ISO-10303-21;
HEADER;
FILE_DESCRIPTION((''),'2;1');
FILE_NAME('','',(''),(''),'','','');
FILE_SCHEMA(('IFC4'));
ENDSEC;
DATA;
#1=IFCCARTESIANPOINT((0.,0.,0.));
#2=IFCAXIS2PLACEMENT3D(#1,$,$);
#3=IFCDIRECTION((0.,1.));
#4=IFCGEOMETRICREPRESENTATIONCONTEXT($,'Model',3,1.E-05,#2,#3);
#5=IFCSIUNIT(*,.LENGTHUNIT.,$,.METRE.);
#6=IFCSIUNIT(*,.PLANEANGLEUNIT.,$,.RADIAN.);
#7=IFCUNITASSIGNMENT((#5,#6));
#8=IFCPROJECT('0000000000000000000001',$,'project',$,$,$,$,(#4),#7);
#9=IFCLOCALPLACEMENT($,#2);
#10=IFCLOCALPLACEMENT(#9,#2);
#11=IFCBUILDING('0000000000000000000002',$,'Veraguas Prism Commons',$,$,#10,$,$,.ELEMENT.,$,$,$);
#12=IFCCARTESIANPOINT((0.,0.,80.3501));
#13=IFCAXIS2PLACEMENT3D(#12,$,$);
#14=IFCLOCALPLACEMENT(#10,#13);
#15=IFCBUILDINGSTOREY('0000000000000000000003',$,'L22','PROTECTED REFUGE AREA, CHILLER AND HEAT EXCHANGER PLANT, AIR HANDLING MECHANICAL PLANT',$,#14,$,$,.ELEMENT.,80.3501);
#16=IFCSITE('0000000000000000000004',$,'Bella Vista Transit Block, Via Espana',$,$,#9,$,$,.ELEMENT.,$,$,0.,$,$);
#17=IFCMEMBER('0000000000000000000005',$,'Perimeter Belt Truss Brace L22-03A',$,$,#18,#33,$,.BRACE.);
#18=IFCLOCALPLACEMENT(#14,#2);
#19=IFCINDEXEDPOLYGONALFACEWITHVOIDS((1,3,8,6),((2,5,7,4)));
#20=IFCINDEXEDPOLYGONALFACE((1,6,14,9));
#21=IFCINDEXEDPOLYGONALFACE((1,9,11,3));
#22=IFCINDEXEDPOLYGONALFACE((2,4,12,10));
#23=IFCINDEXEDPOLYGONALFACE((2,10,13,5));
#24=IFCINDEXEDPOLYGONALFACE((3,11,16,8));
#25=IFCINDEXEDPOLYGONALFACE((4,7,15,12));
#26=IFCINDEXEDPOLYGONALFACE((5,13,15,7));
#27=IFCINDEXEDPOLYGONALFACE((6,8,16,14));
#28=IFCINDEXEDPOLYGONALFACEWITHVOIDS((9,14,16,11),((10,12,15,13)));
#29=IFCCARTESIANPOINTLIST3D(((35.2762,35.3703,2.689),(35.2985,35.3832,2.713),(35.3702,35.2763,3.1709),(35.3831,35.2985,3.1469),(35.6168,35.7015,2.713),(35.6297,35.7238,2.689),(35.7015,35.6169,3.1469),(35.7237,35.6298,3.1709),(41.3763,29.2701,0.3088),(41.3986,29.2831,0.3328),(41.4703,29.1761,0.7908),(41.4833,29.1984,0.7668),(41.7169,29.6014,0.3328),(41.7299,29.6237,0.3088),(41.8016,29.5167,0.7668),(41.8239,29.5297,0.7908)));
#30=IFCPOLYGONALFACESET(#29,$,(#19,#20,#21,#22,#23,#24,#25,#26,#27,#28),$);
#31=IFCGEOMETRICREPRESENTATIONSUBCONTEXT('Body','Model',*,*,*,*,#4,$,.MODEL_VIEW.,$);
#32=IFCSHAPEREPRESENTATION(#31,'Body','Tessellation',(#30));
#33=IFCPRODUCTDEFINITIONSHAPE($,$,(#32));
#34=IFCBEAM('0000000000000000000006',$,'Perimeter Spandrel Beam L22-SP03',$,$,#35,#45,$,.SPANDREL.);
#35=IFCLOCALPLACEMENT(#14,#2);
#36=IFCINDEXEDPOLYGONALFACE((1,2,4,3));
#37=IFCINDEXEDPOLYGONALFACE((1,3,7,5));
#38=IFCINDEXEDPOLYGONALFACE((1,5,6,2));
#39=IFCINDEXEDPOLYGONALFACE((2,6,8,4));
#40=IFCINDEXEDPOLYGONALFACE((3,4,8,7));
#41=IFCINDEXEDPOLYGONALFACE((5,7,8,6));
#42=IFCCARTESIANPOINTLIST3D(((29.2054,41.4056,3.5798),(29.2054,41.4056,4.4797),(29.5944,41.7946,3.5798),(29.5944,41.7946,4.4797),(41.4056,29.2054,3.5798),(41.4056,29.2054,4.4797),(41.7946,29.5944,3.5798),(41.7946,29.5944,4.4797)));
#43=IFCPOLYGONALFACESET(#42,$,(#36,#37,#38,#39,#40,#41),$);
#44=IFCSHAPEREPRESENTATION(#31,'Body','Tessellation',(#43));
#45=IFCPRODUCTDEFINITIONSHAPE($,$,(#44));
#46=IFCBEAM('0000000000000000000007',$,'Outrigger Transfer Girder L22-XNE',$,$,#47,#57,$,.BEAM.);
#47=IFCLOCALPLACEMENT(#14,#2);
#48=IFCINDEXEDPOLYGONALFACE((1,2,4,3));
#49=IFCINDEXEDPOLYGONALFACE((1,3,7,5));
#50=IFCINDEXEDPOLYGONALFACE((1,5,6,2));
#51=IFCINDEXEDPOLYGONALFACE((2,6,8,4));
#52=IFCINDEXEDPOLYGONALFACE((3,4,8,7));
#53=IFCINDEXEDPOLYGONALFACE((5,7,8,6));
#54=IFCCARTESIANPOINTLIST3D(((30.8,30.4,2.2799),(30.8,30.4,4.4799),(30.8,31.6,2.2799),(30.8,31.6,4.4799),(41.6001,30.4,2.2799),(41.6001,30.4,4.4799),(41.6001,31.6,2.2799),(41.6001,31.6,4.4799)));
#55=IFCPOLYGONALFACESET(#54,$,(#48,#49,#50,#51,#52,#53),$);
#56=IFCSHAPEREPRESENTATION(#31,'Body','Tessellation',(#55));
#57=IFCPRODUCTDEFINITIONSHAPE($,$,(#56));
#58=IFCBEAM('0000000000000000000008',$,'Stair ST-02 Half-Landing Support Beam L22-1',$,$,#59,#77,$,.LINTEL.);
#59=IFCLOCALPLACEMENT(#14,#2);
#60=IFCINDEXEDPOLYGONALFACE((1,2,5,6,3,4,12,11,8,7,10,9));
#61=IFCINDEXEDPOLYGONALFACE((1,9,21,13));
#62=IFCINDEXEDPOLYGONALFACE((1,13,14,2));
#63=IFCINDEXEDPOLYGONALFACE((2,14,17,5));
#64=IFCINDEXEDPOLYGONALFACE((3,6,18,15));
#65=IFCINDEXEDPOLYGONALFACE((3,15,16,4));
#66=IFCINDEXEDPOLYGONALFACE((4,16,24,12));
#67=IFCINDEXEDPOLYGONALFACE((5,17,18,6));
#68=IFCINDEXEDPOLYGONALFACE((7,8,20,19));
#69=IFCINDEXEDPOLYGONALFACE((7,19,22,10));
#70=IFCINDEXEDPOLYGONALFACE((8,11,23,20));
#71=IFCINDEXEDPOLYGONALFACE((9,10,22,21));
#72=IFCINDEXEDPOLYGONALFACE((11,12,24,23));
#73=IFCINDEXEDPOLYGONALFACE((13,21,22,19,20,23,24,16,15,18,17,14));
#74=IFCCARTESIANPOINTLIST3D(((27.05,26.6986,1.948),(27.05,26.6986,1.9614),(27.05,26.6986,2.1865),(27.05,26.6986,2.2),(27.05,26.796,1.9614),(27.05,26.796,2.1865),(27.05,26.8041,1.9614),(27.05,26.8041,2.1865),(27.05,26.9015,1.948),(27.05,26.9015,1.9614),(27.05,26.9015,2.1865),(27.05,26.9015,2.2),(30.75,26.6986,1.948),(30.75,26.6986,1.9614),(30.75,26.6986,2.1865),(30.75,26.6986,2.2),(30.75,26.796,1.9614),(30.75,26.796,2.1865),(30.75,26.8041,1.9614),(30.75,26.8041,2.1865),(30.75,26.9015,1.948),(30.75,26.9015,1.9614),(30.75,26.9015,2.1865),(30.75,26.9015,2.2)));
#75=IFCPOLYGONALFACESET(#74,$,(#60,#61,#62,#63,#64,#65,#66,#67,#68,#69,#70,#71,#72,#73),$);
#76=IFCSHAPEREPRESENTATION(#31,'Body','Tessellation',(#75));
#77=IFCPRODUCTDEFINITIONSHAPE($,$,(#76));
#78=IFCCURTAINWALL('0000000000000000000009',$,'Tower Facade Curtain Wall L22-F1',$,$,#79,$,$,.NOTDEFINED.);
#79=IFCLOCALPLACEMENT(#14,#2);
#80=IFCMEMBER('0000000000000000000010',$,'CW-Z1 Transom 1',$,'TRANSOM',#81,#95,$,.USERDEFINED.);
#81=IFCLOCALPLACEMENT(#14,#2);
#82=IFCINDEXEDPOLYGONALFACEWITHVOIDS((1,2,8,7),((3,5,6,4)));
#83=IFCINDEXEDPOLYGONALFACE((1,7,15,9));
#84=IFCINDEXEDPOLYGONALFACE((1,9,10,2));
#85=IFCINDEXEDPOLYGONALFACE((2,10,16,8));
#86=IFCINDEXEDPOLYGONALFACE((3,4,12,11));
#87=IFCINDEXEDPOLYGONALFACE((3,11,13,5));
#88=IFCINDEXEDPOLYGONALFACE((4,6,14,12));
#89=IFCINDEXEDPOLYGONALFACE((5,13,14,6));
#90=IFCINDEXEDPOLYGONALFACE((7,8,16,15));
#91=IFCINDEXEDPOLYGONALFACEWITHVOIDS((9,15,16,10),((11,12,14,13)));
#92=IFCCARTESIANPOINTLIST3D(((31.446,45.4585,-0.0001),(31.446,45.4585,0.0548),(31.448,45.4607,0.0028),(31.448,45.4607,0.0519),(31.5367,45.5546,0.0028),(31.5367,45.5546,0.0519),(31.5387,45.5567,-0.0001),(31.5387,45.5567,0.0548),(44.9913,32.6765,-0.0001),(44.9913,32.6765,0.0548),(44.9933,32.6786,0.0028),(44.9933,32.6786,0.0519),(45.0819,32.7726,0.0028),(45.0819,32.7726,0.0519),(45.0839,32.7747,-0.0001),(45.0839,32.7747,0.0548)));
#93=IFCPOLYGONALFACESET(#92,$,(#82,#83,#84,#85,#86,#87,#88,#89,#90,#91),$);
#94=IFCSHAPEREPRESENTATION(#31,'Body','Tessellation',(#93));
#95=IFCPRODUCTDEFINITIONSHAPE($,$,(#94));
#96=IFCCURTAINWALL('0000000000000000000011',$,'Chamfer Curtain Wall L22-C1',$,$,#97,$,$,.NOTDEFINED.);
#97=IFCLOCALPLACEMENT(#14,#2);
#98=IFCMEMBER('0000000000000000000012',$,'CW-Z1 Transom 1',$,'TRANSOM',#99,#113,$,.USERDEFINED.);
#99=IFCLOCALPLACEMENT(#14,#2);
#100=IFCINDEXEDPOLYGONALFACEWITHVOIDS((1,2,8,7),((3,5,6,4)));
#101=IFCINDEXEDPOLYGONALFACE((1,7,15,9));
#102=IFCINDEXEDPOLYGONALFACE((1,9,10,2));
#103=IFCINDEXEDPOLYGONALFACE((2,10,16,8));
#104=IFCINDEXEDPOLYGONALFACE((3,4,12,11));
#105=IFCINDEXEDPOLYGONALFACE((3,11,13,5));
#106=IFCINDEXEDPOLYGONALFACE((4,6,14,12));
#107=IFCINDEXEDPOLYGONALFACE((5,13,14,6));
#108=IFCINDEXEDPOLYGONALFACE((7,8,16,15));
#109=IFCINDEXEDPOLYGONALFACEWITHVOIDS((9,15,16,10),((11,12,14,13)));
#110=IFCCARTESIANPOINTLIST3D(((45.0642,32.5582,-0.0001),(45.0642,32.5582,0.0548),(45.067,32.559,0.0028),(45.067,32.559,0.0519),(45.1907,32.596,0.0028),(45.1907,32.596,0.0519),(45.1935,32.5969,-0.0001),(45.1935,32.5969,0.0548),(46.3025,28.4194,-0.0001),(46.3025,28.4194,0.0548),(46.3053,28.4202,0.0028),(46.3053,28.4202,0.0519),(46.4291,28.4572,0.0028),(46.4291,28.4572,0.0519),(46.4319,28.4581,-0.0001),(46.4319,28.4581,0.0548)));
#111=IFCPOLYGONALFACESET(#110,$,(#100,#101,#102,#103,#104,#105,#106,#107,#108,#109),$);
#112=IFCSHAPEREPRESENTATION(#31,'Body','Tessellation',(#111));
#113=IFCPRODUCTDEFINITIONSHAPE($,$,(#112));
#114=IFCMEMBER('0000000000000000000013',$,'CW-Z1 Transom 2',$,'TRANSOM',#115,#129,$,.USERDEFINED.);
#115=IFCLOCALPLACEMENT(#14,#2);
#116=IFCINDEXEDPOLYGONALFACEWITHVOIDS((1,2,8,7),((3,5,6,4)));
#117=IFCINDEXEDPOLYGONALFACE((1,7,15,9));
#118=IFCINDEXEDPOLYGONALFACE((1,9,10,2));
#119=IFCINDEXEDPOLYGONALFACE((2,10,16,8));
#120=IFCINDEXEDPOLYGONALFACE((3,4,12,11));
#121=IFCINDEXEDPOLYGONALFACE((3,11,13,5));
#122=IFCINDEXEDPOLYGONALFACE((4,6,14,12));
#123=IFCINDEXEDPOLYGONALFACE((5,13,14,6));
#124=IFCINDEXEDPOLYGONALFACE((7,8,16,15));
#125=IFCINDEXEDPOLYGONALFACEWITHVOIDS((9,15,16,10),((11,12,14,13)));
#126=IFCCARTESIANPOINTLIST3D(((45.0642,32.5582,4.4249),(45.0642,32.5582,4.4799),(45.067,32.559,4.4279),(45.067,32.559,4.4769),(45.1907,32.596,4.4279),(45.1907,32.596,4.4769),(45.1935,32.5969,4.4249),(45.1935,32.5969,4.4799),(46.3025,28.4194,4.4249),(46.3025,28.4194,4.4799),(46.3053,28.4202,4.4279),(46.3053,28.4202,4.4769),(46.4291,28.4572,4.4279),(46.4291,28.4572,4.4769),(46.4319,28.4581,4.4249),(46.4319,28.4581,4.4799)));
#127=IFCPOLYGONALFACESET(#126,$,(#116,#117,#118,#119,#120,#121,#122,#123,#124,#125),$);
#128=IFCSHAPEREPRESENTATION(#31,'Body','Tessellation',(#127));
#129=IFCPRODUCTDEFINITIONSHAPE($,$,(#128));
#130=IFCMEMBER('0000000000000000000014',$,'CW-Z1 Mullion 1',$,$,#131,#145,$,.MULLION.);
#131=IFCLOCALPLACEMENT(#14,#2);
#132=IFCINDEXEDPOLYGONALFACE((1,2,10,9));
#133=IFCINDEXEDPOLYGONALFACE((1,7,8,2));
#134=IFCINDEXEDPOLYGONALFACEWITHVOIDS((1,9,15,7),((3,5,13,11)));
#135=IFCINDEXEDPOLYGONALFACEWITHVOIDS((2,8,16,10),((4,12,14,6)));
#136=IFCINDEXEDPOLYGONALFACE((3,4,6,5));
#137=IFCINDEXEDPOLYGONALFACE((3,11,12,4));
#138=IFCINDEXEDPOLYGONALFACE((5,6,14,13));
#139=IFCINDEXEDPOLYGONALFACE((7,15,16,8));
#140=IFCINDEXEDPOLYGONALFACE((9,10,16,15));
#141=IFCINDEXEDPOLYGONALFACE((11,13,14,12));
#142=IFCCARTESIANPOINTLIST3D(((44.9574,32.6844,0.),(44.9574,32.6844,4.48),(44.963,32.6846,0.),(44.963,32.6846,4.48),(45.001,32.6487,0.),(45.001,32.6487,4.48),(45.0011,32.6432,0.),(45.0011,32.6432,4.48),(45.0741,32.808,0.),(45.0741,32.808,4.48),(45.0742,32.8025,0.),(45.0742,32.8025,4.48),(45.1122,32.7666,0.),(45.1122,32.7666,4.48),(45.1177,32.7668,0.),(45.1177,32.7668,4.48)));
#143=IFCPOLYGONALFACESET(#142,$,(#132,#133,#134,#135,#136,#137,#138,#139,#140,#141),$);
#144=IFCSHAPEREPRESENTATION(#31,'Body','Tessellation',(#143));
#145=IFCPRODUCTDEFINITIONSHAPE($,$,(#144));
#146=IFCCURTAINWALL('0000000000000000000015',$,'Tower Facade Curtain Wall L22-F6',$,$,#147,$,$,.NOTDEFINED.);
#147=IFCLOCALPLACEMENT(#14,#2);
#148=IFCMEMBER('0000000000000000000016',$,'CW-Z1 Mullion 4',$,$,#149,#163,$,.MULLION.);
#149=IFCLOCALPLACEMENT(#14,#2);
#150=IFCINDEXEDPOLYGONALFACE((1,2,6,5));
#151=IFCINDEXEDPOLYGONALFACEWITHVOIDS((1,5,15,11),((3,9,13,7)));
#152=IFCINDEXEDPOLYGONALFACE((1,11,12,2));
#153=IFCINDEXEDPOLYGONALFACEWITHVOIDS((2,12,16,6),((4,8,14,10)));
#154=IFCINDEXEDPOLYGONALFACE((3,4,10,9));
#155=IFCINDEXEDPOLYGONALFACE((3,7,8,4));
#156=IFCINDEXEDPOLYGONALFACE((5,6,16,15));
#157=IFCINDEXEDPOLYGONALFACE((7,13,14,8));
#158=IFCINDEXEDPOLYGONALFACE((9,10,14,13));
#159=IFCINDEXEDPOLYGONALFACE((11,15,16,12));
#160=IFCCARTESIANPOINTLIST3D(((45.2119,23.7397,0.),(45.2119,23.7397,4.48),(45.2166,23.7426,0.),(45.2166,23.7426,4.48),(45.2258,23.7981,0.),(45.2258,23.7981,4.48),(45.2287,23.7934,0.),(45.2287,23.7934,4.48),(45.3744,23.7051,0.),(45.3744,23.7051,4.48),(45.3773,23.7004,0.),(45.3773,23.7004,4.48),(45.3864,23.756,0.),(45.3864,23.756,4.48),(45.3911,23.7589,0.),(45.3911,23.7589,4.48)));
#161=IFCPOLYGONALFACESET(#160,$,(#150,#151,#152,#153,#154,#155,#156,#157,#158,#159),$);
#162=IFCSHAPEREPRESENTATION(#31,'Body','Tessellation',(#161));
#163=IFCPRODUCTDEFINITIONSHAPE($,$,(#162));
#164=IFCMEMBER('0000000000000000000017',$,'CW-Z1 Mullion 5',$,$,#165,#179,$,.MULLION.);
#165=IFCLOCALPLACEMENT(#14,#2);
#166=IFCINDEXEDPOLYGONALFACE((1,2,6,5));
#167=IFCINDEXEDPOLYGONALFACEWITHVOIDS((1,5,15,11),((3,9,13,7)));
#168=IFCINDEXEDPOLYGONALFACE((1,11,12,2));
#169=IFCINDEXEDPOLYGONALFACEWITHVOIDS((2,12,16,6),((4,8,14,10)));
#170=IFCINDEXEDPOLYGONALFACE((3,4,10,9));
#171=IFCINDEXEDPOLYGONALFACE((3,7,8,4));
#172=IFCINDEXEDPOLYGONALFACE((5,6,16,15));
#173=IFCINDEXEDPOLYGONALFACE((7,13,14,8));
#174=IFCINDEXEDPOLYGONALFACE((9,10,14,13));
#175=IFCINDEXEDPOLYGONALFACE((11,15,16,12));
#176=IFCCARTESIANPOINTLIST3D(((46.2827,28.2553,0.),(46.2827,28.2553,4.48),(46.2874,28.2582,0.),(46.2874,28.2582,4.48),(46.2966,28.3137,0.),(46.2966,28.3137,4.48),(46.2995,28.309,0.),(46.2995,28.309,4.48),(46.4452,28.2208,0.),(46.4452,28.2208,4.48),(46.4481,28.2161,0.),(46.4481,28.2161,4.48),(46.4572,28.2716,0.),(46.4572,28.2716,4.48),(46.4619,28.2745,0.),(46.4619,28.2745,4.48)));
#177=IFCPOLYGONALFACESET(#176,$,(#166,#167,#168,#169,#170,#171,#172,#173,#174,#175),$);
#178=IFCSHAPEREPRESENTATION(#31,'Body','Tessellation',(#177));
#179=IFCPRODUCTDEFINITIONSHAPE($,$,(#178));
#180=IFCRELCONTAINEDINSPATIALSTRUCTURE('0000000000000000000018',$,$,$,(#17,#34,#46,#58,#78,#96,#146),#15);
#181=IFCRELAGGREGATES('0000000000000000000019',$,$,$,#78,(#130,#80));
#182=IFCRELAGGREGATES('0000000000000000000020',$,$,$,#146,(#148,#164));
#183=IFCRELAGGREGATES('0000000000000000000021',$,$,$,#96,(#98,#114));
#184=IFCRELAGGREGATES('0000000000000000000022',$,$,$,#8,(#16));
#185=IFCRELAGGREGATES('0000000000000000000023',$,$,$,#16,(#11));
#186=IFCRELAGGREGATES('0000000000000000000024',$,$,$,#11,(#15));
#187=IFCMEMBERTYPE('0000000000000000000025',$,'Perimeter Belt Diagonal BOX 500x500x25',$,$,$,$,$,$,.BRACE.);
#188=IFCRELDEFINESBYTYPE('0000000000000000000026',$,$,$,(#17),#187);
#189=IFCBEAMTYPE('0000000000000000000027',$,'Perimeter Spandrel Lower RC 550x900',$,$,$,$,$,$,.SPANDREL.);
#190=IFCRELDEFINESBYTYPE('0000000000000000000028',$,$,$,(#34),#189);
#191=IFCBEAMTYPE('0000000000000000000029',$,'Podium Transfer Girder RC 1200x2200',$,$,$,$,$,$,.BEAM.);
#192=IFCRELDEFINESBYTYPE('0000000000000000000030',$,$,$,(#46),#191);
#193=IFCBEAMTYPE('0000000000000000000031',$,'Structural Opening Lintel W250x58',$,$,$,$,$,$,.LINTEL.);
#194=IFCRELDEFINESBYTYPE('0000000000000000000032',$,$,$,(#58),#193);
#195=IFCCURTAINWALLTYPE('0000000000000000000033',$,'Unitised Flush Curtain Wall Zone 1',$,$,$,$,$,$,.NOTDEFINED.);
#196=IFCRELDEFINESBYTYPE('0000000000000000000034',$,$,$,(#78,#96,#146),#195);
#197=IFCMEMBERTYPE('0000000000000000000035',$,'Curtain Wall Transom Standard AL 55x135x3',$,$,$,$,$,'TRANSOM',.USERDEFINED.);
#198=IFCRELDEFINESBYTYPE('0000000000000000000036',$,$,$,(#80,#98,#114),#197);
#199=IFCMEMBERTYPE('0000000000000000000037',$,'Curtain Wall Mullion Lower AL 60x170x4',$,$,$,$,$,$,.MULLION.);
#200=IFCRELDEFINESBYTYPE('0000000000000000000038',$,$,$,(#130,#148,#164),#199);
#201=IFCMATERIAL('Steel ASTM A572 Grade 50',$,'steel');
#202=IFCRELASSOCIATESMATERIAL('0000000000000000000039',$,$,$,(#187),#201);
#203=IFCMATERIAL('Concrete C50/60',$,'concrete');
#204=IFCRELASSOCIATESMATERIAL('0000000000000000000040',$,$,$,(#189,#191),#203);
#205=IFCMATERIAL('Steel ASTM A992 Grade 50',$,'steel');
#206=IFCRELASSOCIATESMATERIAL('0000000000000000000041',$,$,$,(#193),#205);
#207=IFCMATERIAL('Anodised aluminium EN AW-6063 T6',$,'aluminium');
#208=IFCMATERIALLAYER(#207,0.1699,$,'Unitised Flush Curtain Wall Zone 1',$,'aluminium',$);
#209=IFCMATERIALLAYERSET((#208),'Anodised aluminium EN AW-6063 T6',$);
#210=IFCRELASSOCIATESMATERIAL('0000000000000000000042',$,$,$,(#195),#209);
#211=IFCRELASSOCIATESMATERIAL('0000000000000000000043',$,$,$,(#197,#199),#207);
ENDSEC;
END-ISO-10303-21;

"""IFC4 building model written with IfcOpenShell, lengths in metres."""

from ifc_helpers import new_model, si_unit, direction, frame, origin, origin_2d, place, context, subcontext, project, spatial, rectangle, hollow_rectangle, i_section, extrude, source, transform, mapped, material, layer, layer_set, material_profile, profile_set, type_object, element, aggregate, save


model = new_model("IFC4")

# Units and contexts
model_context = context("Model", 3, precision=1e-05, world=origin(), true_north=direction((0.0, 1.0)))
body_context = subcontext(model_context, "Body", "Model", "MODEL_VIEW")
ifc_project = project(units=[si_unit("LENGTHUNIT", "METRE"), si_unit("PLANEANGLEUNIT", "RADIAN")], contexts=[model_context])

# Site, building, storey
site_placement = place(None, origin())
site = spatial("IfcSite", under=ifc_project, at=site_placement, Name="Bella Vista Transit Block, Via Espana", CompositionType="ELEMENT", RefElevation=0.0)
building_placement = place(site_placement, origin())
building = spatial("IfcBuilding", under=site, at=building_placement, Name="Veraguas Prism Commons", CompositionType="ELEMENT")
storey_placement = place(building_placement, frame((0.0, 0.0, 80.3501)))
storey = spatial("IfcBuildingStorey", under=building, at=storey_placement, Name="L22", Description="PROTECTED REFUGE AREA, CHILLER AND HEAT EXCHANGER PLANT, AIR HANDLING MECHANICAL PLANT", CompositionType="ELEMENT", Elevation=80.3501)

# Member
ifc_material_1 = material(Name="Steel ASTM A992 Grade 50", Category="steel")
ifc_material_2 = material(Name="Steel ASTM A572 Grade 50", Category="steel")
ifc_material_profile_1 = material_profile(ifc_material_2, hollow_rectangle(XDim=0.5, YDim=0.5, WallThickness=0.0249, at=origin_2d()), Name="BOX500X500X25")
ifc_profile_set_1 = profile_set([ifc_material_profile_1], Name="Steel ASTM A572 Grade 50")
member_type_1 = type_object("IfcMemberType", Name="Perimeter Belt Diagonal BOX 500x500x25", PredefinedType="BRACE", material=ifc_profile_set_1)
member_1_placement = place(storey_placement, frame((41.6001, 29.3999, 0.5498), z_axis=(-0.681639, 0.681639, 0.265961), x_axis=(-0.707107, -0.707107, 0.0)))
element("IfcMember", 1, at=member_1_placement, inside=storey, type_object=member_type_1, Name="Perimeter Belt Truss Brace L22-03A", PredefinedType="BRACE", context=body_context, shape_type="SweptSolid", body=[
    extrude(hollow_rectangle(XDim=0.5, YDim=0.5, WallThickness=0.0249, at=origin_2d()), origin(), (0.0, 0.0, 1.0), 8.9492),
])

# Beams
ifc_material_3 = material(Name="Concrete C50/60", Category="concrete")
ifc_material_profile_2 = material_profile(ifc_material_3, rectangle(XDim=0.55, YDim=0.8999, at=origin_2d()), Name="RC550X900")
ifc_profile_set_2 = profile_set([ifc_material_profile_2], Name="Concrete C50/60")
beam_type_1 = type_object("IfcBeamType", Name="Perimeter Spandrel Lower RC 550x900", PredefinedType="SPANDREL", material=ifc_profile_set_2)
beam_1_placement = place(storey_placement, frame((41.6001, 29.3999, 4.0298), z_axis=(-0.707107, 0.707107, 0.0), x_axis=(-0.707107, -0.707107, 0.0)))
element("IfcBeam", 2, at=beam_1_placement, inside=storey, type_object=beam_type_1, Name="Perimeter Spandrel Beam L22-SP03", PredefinedType="SPANDREL", context=body_context, shape_type="SweptSolid", body=[
    extrude(rectangle(XDim=0.55, YDim=0.8999, at=origin_2d()), origin(), (0.0, 0.0, 1.0), 17.2537),
])
ifc_material_profile_3 = material_profile(ifc_material_3, rectangle(XDim=1.2, YDim=2.2, at=origin_2d()), Name="RC1200X2200")
ifc_profile_set_3 = profile_set([ifc_material_profile_3], Name="Concrete C50/60")
beam_type_2 = type_object("IfcBeamType", Name="Podium Transfer Girder RC 1200x2200", PredefinedType="BEAM", material=ifc_profile_set_3)
beam_2_placement = place(storey_placement, frame((41.6001, 31.0, 3.3799), z_axis=(-1.0, 0.0, 0.0), x_axis=(0.0, -1.0, 0.0)))
element("IfcBeam", 3, at=beam_2_placement, inside=storey, type_object=beam_type_2, Name="Outrigger Transfer Girder L22-XNE", PredefinedType="BEAM", context=body_context, shape_type="SweptSolid", body=[
    extrude(rectangle(XDim=1.2, YDim=2.2, at=origin_2d()), origin(), (0.0, 0.0, 1.0), 10.8),
])
ifc_material_profile_4 = material_profile(ifc_material_1, i_section(OverallWidth=0.2029, OverallDepth=0.252, WebThickness=0.0081, FlangeThickness=0.0134, at=origin_2d()), Name="W250X58")
ifc_profile_set_4 = profile_set([ifc_material_profile_4], Name="Steel ASTM A992 Grade 50")
beam_type_3 = type_object("IfcBeamType", Name="Structural Opening Lintel W250x58", PredefinedType="LINTEL", material=ifc_profile_set_4)
beam_3_placement = place(storey_placement, frame((27.05, 26.8, 2.074), z_axis=(1.0, 0.0, 0.0), x_axis=(0.0, 1.0, 0.0)))
element("IfcBeam", 4, at=beam_3_placement, inside=storey, type_object=beam_type_3, Name="Stair ST-02 Half-Landing Support Beam L22-1", PredefinedType="LINTEL", context=body_context, shape_type="SweptSolid", body=[
    extrude(i_section(OverallWidth=0.2029, OverallDepth=0.252, WebThickness=0.0081, FlangeThickness=0.0134, at=origin_2d()), origin(), (0.0, 0.0, 1.0), 3.7),
])

# Curtain wall, member
ifc_material_4 = material(Name="Anodised aluminium EN AW-6063 T6", Category="aluminium")
ifc_layer_1 = layer(ifc_material_4, 0.1699, Name="Unitised Flush Curtain Wall Zone 1", Category="aluminium")
ifc_layer_set_1 = layer_set([ifc_layer_1], Name="Anodised aluminium EN AW-6063 T6")
curtain_wall_type = type_object("IfcCurtainWallType", Name="Unitised Flush Curtain Wall Zone 1", PredefinedType="NOTDEFINED", material=ifc_layer_set_1)
curtain_wall_1_placement = place(storey_placement, origin())
curtain_wall_1 = element("IfcCurtainWall", 5, at=curtain_wall_1_placement, inside=storey, type_object=curtain_wall_type, Name="Tower Facade Curtain Wall L22-F1", PredefinedType="NOTDEFINED")
ifc_material_profile_5 = material_profile(ifc_material_4, hollow_rectangle(XDim=0.0549, YDim=0.135, WallThickness=0.0029, at=origin_2d()), Name="AL55X135X3")
ifc_profile_set_5 = profile_set([ifc_material_profile_5], Name="Anodised aluminium EN AW-6063 T6")
member_type_2 = type_object("IfcMemberType", Name="Curtain Wall Transom Standard AL 55x135x3", ElementType="TRANSOM", PredefinedType="USERDEFINED", material=ifc_profile_set_5)
shared_shape_1 = source(origin(), body_context, "Body", "SweptSolid", [
    extrude(hollow_rectangle(XDim=0.0549, YDim=0.135, WallThickness=0.0029, at=origin_2d()), origin(), (0.0, 0.0, 1.0), 18.624),
])
member_2_placement = place(storey_placement, frame((45.0376, 32.7256, 0.0273), z_axis=(-0.727299, 0.686321, 0.0), x_axis=(0.0, 0.0, 1.0)))
member_2 = element("IfcMember", 6, at=member_2_placement, type_object=member_type_2, Name="CW-Z1 Transom 1", ObjectType="TRANSOM", PredefinedType="USERDEFINED", context=body_context, shape_type="MappedRepresentation", body=[
    mapped(shared_shape_1, transform((0.0, 0.0, 0.0), scale=1.0)),
])

# Curtain wall, members
curtain_wall_2_placement = place(storey_placement, origin())
curtain_wall_2 = element("IfcCurtainWall", 7, at=curtain_wall_2_placement, inside=storey, type_object=curtain_wall_type, Name="Chamfer Curtain Wall L22-C1", PredefinedType="NOTDEFINED")
shared_shape_2 = source(origin(), body_context, "Body", "SweptSolid", [
    extrude(hollow_rectangle(XDim=0.0549, YDim=0.135, WallThickness=0.0029, at=origin_2d()), origin(), (0.0, 0.0, 1.0), 4.3201),
])
member_3_placement = place(storey_placement, frame((46.3672, 28.4387, 0.0273), z_axis=(-0.286643, 0.958038, 0.0), x_axis=(0.0, 0.0, 1.0)))
member_3 = element("IfcMember", 8, at=member_3_placement, type_object=member_type_2, Name="CW-Z1 Transom 1", ObjectType="TRANSOM", PredefinedType="USERDEFINED", context=body_context, shape_type="MappedRepresentation", body=[
    mapped(shared_shape_2, transform((0.0, 0.0, 0.0), scale=1.0)),
])
member_4_placement = place(storey_placement, frame((46.3672, 28.4387, 4.4524), z_axis=(-0.286643, 0.958038, 0.0), x_axis=(0.0, 0.0, 1.0)))
member_4 = element("IfcMember", 9, at=member_4_placement, type_object=member_type_2, Name="CW-Z1 Transom 2", ObjectType="TRANSOM", PredefinedType="USERDEFINED", context=body_context, shape_type="MappedRepresentation", body=[
    mapped(shared_shape_2, transform((0.0, 0.0, 0.0), scale=1.0)),
])

# Member
ifc_material_profile_6 = material_profile(ifc_material_4, hollow_rectangle(XDim=0.0601, YDim=0.1699, WallThickness=0.0039, at=origin_2d()), Name="AL60X170X4")
ifc_profile_set_6 = profile_set([ifc_material_profile_6], Name="Anodised aluminium EN AW-6063 T6")
member_type_3 = type_object("IfcMemberType", Name="Curtain Wall Mullion Lower AL 60x170x4", PredefinedType="MULLION", material=ifc_profile_set_6)
shared_shape_3 = source(origin(), body_context, "Body", "SweptSolid", [
    extrude(hollow_rectangle(XDim=0.0601, YDim=0.1699, WallThickness=0.0039, at=origin_2d()), origin(), (0.0, 0.0, 1.0), 4.48),
])
member_5_placement = place(storey_placement, frame((45.0376, 32.7256, 0.0), z_axis=(0.0, 0.0, 1.0), x_axis=(-0.727295, 0.686325, 0.0)))
member_5 = element("IfcMember", 10, at=member_5_placement, type_object=member_type_3, Name="CW-Z1 Mullion 1", PredefinedType="MULLION", context=body_context, shape_type="MappedRepresentation", body=[
    mapped(shared_shape_3, transform((0.0, 0.0, 0.0), scale=1.0)),
])
aggregate(curtain_wall_1, [member_5, member_2])

# Curtain wall, members
curtain_wall_3_placement = place(storey_placement, origin())
curtain_wall_3 = element("IfcCurtainWall", 11, at=curtain_wall_3_placement, inside=storey, type_object=curtain_wall_type, Name="Tower Facade Curtain Wall L22-F6", PredefinedType="NOTDEFINED")
member_6_placement = place(storey_placement, frame((45.3015, 23.7493, 0.0), z_axis=(0.0, 0.0, 1.0), x_axis=(0.230734, 0.973017, 0.0)))
member_6 = element("IfcMember", 12, at=member_6_placement, type_object=member_type_3, Name="CW-Z1 Mullion 4", PredefinedType="MULLION", context=body_context, shape_type="MappedRepresentation", body=[
    mapped(shared_shape_3, transform((0.0, 0.0, 0.0), scale=1.0)),
])
member_7_placement = place(storey_placement, frame((46.3723, 28.2649, 0.0), z_axis=(0.0, 0.0, 1.0), x_axis=(0.230734, 0.973017, 0.0)))
member_7 = element("IfcMember", 13, at=member_7_placement, type_object=member_type_3, Name="CW-Z1 Mullion 5", PredefinedType="MULLION", context=body_context, shape_type="MappedRepresentation", body=[
    mapped(shared_shape_3, transform((0.0, 0.0, 0.0), scale=1.0)),
])

aggregate(curtain_wall_3, [member_6, member_7])
aggregate(curtain_wall_2, [member_3, member_4])

save(model, "model.ifc")
